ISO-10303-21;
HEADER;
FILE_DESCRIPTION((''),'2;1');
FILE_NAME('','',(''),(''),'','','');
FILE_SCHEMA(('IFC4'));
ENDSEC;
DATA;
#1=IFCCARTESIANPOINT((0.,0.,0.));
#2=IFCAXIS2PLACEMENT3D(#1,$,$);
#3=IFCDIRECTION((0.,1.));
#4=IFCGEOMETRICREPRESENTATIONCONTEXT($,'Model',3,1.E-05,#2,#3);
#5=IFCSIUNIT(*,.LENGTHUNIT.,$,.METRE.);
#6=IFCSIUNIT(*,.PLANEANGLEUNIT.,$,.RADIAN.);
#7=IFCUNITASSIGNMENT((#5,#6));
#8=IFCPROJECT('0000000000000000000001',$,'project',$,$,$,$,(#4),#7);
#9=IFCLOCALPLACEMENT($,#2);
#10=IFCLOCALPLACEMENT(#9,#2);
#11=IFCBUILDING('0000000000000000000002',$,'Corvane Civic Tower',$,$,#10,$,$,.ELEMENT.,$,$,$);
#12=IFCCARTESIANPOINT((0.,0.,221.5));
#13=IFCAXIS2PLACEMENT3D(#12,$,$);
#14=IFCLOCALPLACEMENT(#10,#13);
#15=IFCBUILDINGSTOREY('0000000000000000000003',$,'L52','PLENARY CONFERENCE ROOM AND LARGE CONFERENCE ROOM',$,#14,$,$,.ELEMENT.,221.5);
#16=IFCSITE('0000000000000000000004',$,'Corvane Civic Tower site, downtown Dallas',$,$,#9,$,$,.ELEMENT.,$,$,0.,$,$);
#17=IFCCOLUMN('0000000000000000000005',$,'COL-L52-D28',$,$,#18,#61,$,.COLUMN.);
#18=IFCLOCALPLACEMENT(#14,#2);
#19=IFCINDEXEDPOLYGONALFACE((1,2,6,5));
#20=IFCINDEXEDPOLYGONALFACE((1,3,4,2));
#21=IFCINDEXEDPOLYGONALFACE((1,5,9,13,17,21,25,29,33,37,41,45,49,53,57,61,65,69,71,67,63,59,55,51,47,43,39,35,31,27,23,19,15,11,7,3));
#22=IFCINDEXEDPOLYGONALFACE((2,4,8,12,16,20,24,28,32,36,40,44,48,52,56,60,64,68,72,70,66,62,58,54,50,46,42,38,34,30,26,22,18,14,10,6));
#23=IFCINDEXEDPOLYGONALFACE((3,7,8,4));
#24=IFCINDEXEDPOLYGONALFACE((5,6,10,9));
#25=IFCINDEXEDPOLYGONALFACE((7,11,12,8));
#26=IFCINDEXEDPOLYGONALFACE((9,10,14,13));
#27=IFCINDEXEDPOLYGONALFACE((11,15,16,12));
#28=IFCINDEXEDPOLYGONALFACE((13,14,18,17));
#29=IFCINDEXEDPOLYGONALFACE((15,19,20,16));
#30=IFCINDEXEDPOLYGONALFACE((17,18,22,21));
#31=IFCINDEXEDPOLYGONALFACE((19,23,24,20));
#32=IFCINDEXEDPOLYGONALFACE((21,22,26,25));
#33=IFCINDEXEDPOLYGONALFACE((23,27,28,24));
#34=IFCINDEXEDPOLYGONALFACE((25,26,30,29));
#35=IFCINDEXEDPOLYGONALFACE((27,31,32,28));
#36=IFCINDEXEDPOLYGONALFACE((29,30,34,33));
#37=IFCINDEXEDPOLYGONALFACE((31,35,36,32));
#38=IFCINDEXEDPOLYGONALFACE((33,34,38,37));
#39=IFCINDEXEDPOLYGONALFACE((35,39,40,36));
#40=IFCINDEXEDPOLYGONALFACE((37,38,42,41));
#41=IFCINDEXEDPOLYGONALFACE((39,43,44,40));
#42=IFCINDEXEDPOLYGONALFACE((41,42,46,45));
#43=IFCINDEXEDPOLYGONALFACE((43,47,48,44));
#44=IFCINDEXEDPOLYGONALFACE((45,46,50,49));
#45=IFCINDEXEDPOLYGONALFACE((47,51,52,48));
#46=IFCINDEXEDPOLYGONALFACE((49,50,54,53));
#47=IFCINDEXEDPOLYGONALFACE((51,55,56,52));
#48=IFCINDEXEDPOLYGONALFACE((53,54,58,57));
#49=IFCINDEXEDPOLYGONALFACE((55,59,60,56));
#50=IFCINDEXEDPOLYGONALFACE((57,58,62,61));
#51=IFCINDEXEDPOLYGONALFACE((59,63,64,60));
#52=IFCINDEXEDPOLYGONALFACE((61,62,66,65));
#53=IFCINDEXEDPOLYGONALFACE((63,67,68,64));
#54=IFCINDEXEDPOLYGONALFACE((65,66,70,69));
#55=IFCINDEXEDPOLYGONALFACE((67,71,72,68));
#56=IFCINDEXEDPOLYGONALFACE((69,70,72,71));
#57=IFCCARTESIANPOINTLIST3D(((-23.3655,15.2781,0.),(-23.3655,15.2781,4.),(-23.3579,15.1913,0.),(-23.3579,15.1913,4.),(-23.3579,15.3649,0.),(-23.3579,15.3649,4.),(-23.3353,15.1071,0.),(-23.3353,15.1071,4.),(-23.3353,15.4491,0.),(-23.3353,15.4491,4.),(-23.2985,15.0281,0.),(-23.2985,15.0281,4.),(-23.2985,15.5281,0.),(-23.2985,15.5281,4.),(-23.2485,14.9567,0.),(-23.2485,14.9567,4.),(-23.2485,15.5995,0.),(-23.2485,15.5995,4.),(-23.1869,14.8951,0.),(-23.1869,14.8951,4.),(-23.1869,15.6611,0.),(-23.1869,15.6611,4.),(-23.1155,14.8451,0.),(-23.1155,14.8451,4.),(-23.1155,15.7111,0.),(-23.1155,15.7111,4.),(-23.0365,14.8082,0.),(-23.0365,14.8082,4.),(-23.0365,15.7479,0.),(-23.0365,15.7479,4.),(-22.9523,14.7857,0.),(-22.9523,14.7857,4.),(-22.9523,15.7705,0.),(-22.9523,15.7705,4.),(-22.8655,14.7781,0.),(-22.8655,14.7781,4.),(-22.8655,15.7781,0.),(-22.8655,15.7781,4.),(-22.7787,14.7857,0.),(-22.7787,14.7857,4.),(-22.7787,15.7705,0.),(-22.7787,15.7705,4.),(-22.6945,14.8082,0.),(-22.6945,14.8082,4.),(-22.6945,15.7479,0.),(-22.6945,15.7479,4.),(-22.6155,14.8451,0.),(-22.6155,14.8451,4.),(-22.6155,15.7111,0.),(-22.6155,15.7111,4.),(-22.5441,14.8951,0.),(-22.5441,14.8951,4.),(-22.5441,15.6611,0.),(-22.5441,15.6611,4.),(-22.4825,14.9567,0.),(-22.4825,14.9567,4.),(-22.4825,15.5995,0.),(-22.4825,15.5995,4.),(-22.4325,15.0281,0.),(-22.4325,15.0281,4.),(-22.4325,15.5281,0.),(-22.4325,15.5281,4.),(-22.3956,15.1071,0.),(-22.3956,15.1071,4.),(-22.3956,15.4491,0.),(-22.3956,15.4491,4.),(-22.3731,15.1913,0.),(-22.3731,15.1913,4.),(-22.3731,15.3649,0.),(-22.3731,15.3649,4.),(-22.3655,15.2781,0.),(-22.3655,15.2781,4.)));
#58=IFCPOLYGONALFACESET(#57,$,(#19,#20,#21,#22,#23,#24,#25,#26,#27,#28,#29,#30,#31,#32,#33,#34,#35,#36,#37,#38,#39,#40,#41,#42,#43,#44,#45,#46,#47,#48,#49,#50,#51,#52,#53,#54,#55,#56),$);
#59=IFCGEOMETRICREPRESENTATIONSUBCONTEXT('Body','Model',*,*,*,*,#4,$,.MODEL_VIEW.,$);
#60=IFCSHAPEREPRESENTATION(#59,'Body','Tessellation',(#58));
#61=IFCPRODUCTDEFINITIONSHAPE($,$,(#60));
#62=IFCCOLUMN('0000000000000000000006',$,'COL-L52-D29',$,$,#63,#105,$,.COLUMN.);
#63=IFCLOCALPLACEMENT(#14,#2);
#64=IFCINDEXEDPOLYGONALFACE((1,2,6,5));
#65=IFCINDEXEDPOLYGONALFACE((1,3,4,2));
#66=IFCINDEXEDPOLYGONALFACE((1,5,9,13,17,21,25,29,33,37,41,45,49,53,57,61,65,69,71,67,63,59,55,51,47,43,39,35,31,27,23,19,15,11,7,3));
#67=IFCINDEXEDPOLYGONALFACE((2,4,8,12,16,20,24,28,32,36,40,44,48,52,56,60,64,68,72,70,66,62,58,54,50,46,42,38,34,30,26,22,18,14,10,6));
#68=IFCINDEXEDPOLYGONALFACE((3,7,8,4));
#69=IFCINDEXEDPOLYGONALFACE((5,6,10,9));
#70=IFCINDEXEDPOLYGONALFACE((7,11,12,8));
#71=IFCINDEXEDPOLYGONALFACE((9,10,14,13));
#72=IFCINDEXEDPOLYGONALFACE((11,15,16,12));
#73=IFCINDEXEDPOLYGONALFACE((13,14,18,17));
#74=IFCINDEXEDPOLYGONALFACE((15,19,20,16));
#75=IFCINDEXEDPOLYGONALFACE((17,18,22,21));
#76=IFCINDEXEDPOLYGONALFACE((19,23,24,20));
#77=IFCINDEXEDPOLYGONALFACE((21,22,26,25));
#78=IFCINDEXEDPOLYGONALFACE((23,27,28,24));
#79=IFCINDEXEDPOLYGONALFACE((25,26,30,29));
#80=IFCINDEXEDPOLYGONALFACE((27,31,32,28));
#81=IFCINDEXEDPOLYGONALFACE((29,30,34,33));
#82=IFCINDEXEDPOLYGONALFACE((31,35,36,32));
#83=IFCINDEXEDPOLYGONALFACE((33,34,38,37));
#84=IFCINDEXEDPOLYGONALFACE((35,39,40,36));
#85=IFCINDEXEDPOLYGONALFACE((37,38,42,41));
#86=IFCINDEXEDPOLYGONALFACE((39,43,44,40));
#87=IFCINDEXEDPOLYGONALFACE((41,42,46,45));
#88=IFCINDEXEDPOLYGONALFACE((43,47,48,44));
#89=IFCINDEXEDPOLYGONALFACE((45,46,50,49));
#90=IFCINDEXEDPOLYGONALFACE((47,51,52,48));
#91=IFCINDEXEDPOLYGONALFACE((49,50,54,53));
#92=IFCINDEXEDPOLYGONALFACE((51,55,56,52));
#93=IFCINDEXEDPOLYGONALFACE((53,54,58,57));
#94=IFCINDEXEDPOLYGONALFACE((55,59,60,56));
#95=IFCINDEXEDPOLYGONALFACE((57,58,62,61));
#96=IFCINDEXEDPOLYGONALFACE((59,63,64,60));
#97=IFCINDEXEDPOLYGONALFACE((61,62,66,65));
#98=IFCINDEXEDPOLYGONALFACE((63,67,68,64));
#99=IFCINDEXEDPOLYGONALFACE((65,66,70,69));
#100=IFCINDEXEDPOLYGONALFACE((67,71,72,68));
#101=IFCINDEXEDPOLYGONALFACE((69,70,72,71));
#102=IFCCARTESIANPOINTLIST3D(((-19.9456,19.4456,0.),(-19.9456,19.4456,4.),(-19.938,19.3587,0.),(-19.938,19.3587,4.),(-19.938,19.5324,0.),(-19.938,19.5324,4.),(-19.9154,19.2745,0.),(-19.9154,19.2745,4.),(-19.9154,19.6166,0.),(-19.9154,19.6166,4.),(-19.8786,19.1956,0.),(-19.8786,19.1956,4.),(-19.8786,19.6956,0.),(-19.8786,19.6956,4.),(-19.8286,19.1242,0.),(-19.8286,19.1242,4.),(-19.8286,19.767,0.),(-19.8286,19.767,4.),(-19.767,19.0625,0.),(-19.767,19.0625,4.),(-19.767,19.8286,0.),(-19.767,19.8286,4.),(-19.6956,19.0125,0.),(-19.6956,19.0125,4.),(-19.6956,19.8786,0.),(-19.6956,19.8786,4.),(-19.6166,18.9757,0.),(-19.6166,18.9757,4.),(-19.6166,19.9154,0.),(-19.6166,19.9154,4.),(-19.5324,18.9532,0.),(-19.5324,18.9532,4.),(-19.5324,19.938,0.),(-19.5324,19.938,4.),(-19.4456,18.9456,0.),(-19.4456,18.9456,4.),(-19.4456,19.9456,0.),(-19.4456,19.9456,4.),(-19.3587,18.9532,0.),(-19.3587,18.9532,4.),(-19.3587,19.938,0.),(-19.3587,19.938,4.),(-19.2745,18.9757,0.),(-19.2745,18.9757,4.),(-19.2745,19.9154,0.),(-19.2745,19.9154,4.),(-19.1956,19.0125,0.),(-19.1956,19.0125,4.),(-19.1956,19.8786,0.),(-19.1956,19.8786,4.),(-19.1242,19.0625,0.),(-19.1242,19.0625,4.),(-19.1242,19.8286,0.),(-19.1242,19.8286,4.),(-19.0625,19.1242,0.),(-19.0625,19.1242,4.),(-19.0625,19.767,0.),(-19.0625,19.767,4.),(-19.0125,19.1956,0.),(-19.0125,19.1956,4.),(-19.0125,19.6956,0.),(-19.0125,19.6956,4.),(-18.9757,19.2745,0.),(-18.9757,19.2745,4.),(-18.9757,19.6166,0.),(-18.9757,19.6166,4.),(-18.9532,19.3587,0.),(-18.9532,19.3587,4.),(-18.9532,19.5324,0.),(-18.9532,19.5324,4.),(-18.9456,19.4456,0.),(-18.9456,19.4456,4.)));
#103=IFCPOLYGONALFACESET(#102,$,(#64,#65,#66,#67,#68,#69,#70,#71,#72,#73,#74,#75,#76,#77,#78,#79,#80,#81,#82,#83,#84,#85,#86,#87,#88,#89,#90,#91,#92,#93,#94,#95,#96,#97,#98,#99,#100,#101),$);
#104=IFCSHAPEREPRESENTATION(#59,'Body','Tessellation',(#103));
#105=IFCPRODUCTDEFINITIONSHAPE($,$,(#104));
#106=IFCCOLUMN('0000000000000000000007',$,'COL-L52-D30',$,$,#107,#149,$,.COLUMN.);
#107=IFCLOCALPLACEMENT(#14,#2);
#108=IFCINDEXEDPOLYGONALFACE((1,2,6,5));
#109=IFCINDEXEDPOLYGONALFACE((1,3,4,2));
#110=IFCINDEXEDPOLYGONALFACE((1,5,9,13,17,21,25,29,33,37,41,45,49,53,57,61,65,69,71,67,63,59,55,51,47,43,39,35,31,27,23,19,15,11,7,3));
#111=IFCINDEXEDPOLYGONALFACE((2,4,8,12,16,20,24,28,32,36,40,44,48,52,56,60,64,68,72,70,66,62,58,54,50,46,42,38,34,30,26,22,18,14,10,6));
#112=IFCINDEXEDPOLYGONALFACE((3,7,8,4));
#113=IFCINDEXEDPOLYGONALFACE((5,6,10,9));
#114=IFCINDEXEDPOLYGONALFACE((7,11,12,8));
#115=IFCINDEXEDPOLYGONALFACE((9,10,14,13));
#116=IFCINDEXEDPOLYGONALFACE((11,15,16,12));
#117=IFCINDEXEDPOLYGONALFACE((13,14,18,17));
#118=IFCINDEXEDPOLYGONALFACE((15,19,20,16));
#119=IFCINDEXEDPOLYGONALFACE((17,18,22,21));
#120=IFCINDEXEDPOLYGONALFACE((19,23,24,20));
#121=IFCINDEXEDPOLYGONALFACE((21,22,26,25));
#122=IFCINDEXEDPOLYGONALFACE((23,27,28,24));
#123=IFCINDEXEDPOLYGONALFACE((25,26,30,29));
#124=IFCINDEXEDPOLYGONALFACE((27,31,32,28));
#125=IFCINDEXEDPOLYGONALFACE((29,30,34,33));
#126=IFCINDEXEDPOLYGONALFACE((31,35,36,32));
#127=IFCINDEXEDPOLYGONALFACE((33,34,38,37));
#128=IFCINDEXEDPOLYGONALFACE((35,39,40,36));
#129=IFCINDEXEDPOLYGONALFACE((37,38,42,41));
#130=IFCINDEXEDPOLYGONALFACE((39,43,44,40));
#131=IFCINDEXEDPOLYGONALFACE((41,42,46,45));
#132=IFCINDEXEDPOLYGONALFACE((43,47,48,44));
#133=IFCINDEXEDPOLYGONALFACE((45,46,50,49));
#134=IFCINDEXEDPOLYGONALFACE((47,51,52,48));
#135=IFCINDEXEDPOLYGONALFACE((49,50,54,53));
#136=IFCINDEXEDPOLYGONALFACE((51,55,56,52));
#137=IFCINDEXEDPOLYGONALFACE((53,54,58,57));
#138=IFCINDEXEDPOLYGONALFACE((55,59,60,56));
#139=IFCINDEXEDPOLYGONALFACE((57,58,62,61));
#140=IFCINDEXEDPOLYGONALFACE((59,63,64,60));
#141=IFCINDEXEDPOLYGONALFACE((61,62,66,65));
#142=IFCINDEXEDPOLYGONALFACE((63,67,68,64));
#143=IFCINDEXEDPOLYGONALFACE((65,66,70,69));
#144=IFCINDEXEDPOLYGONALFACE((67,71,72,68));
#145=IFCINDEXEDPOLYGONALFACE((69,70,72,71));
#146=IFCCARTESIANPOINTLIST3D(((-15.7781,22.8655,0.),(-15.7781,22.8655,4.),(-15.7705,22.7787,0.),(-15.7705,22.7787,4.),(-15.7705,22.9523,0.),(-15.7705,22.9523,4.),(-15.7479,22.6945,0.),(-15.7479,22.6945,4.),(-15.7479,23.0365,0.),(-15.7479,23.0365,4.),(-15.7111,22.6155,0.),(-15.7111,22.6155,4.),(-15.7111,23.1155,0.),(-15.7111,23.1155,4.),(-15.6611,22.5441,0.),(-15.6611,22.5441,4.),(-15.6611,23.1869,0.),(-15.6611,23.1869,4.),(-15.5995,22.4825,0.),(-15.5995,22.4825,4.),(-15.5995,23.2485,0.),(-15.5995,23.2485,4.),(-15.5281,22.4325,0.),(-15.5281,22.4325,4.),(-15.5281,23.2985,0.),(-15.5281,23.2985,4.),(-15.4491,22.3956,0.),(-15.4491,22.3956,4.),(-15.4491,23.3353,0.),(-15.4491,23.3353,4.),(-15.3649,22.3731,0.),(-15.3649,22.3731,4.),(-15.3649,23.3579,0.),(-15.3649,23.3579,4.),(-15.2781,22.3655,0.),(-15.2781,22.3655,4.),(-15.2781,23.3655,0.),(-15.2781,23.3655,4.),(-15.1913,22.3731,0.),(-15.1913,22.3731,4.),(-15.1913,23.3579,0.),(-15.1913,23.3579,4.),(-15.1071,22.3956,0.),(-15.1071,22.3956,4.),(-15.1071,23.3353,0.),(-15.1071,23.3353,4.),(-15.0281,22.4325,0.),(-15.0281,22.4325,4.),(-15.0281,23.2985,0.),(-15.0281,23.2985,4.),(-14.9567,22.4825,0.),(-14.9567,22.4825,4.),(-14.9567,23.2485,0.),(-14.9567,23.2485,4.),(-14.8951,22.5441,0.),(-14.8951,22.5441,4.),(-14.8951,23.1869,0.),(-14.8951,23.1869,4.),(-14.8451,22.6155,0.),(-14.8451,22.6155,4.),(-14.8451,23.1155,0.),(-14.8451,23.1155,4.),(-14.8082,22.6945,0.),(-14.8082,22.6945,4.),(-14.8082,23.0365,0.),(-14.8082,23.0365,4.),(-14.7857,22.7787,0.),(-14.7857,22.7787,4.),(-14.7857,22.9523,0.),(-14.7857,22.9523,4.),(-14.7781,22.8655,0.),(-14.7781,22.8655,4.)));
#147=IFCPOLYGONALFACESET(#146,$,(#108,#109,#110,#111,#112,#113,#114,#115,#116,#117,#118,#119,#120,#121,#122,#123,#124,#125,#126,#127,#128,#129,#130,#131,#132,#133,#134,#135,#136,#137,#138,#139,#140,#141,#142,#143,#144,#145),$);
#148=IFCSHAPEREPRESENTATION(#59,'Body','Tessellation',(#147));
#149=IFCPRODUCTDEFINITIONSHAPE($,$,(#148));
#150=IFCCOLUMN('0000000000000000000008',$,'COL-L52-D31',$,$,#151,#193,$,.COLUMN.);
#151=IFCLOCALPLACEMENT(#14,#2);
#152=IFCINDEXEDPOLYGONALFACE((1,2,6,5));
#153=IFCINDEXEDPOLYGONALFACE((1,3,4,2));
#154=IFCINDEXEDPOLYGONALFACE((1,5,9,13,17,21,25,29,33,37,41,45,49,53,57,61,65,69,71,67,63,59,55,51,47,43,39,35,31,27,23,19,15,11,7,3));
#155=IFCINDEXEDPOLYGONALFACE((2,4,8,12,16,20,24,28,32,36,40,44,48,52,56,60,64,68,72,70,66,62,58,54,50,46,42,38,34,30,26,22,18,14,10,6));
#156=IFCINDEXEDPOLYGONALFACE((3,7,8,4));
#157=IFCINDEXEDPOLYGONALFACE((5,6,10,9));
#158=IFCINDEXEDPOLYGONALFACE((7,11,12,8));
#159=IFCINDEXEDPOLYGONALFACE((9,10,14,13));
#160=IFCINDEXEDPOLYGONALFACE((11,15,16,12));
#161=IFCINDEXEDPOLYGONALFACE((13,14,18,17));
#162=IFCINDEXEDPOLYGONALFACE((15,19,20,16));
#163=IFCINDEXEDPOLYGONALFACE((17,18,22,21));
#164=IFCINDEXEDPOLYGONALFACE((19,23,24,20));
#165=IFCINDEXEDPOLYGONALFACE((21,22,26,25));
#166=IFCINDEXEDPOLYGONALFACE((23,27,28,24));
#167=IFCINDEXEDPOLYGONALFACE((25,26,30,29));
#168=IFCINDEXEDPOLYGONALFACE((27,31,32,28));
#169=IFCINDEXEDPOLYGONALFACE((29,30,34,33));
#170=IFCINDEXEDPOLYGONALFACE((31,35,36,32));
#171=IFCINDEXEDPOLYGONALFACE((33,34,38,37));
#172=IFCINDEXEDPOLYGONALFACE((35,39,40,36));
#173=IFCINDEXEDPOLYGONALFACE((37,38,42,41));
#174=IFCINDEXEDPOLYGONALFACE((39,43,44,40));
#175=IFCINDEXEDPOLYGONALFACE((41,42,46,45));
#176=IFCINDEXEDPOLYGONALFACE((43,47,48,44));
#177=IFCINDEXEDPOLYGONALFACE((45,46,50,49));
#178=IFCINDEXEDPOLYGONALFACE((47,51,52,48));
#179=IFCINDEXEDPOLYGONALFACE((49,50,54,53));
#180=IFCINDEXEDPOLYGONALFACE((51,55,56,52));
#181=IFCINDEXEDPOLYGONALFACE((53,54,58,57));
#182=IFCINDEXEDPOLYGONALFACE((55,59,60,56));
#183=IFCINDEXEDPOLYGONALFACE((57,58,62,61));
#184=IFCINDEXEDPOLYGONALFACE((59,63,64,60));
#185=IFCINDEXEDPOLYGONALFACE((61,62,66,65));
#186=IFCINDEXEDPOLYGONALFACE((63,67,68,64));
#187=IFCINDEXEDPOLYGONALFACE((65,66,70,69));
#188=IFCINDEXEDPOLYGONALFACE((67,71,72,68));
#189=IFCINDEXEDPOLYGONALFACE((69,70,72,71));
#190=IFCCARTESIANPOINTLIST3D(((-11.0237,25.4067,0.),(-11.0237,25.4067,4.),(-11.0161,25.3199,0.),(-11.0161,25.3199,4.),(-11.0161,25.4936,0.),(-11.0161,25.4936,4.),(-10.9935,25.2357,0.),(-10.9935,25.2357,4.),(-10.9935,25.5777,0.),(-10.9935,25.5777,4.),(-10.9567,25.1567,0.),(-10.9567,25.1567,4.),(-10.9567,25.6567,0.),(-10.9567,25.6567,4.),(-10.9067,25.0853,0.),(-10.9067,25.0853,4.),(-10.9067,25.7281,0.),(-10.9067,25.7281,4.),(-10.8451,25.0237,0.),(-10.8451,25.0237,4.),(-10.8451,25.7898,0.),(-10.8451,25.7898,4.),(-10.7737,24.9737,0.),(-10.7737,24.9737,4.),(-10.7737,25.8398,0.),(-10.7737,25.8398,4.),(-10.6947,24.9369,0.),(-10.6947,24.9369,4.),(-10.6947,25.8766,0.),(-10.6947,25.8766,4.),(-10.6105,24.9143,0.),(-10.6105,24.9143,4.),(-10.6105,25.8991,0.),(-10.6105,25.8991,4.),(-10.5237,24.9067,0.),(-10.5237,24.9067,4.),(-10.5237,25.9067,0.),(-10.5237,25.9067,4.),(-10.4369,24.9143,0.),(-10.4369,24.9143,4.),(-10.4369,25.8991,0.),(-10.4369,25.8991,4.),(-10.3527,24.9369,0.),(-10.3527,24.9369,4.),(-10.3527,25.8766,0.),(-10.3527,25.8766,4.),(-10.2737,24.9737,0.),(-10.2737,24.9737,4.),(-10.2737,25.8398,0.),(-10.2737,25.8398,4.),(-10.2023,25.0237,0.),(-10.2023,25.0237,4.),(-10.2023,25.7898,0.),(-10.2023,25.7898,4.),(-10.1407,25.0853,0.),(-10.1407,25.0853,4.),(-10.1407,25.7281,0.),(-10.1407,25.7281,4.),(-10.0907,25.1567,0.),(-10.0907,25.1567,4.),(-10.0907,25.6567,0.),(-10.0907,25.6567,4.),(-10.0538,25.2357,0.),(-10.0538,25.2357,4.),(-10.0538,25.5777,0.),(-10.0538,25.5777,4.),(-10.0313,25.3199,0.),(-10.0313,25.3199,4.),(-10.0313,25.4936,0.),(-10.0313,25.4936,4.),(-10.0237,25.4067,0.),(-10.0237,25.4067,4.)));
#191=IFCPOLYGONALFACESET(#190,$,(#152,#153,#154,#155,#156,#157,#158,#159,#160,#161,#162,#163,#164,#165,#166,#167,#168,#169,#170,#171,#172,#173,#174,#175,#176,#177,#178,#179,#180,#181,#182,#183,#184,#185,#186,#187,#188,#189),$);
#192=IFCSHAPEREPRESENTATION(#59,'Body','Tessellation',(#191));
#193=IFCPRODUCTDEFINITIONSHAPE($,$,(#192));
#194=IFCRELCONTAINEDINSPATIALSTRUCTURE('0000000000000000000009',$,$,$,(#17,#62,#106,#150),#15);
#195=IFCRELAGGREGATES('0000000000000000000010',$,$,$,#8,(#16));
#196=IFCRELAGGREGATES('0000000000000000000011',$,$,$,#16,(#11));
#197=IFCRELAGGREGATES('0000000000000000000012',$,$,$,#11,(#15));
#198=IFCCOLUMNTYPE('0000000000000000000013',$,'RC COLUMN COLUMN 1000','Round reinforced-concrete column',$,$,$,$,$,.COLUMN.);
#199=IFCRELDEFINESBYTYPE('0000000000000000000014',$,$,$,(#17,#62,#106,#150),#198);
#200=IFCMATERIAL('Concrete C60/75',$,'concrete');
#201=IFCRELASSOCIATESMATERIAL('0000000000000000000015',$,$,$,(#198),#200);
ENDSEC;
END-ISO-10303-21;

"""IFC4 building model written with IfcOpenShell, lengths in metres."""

from ifc_helpers import new_model, si_unit, direction, frame, origin, origin_2d, place, context, subcontext, project, spatial, circle, extrude, material, material_profile, profile_set, type_object, element, save


model = new_model("IFC4")

# Units and contexts
model_context = context("Model", 3, precision=1e-05, world=origin(), true_north=direction((0.0, 1.0)))
body_context = subcontext(model_context, "Body", "Model", "MODEL_VIEW")
ifc_project = project(units=[si_unit("LENGTHUNIT", "METRE"), si_unit("PLANEANGLEUNIT", "RADIAN")], contexts=[model_context])

# Site, building, storey
site_placement = place(None, origin())
site = spatial("IfcSite", under=ifc_project, at=site_placement, Name="Corvane Civic Tower site, downtown Dallas", CompositionType="ELEMENT", RefElevation=0.0)
building_placement = place(site_placement, origin())
building = spatial("IfcBuilding", under=site, at=building_placement, Name="Corvane Civic Tower", CompositionType="ELEMENT")
storey_placement = place(building_placement, frame((0.0, 0.0, 221.5)))
storey = spatial("IfcBuildingStorey", under=building, at=storey_placement, Name="L52", Description="PLENARY CONFERENCE ROOM AND LARGE CONFERENCE ROOM", CompositionType="ELEMENT", Elevation=221.5)

# Columns
ifc_material_1 = material(Name="Concrete C60/75", Category="concrete")
ifc_material_profile_1 = material_profile(ifc_material_1, circle(Radius=0.5, at=origin_2d()), Name="COLUMN 1000")
ifc_profile_set_1 = profile_set([ifc_material_profile_1], Name="Concrete C60/75")
column_type = type_object("IfcColumnType", Name="RC COLUMN COLUMN 1000", Description="Round reinforced-concrete column", PredefinedType="COLUMN", material=ifc_profile_set_1)
for number, where, z_axis, x_axis, name in (
    (1, (-22.8655, 15.2781, 0.0), (0.0, 0.0, 1.0), (1.0, 0.0, 0.0), "COL-L52-D28"),
    (2, (-19.4456, 19.4456, 0.0), (0.0, 0.0, 1.0), (1.0, 0.0, 0.0), "COL-L52-D29"),
    (3, (-15.2781, 22.8655, 0.0), (0.0, 0.0, 1.0), (1.0, 0.0, 0.0), "COL-L52-D30"),
    (4, (-10.5237, 25.4067, 0.0), (0.0, 0.0, 1.0), (1.0, 0.0, 0.0), "COL-L52-D31"),
):
    element("IfcColumn", number, at=place(storey_placement, frame(where, z_axis=z_axis, x_axis=x_axis)), inside=storey, type_object=column_type, Name=name, PredefinedType="COLUMN", context=body_context, shape_type="SweptSolid", body=[
        extrude(circle(Radius=0.5, at=origin_2d()), origin(), (0.0, 0.0, 1.0), 4.0),
    ])

save(model, "model.ifc")
